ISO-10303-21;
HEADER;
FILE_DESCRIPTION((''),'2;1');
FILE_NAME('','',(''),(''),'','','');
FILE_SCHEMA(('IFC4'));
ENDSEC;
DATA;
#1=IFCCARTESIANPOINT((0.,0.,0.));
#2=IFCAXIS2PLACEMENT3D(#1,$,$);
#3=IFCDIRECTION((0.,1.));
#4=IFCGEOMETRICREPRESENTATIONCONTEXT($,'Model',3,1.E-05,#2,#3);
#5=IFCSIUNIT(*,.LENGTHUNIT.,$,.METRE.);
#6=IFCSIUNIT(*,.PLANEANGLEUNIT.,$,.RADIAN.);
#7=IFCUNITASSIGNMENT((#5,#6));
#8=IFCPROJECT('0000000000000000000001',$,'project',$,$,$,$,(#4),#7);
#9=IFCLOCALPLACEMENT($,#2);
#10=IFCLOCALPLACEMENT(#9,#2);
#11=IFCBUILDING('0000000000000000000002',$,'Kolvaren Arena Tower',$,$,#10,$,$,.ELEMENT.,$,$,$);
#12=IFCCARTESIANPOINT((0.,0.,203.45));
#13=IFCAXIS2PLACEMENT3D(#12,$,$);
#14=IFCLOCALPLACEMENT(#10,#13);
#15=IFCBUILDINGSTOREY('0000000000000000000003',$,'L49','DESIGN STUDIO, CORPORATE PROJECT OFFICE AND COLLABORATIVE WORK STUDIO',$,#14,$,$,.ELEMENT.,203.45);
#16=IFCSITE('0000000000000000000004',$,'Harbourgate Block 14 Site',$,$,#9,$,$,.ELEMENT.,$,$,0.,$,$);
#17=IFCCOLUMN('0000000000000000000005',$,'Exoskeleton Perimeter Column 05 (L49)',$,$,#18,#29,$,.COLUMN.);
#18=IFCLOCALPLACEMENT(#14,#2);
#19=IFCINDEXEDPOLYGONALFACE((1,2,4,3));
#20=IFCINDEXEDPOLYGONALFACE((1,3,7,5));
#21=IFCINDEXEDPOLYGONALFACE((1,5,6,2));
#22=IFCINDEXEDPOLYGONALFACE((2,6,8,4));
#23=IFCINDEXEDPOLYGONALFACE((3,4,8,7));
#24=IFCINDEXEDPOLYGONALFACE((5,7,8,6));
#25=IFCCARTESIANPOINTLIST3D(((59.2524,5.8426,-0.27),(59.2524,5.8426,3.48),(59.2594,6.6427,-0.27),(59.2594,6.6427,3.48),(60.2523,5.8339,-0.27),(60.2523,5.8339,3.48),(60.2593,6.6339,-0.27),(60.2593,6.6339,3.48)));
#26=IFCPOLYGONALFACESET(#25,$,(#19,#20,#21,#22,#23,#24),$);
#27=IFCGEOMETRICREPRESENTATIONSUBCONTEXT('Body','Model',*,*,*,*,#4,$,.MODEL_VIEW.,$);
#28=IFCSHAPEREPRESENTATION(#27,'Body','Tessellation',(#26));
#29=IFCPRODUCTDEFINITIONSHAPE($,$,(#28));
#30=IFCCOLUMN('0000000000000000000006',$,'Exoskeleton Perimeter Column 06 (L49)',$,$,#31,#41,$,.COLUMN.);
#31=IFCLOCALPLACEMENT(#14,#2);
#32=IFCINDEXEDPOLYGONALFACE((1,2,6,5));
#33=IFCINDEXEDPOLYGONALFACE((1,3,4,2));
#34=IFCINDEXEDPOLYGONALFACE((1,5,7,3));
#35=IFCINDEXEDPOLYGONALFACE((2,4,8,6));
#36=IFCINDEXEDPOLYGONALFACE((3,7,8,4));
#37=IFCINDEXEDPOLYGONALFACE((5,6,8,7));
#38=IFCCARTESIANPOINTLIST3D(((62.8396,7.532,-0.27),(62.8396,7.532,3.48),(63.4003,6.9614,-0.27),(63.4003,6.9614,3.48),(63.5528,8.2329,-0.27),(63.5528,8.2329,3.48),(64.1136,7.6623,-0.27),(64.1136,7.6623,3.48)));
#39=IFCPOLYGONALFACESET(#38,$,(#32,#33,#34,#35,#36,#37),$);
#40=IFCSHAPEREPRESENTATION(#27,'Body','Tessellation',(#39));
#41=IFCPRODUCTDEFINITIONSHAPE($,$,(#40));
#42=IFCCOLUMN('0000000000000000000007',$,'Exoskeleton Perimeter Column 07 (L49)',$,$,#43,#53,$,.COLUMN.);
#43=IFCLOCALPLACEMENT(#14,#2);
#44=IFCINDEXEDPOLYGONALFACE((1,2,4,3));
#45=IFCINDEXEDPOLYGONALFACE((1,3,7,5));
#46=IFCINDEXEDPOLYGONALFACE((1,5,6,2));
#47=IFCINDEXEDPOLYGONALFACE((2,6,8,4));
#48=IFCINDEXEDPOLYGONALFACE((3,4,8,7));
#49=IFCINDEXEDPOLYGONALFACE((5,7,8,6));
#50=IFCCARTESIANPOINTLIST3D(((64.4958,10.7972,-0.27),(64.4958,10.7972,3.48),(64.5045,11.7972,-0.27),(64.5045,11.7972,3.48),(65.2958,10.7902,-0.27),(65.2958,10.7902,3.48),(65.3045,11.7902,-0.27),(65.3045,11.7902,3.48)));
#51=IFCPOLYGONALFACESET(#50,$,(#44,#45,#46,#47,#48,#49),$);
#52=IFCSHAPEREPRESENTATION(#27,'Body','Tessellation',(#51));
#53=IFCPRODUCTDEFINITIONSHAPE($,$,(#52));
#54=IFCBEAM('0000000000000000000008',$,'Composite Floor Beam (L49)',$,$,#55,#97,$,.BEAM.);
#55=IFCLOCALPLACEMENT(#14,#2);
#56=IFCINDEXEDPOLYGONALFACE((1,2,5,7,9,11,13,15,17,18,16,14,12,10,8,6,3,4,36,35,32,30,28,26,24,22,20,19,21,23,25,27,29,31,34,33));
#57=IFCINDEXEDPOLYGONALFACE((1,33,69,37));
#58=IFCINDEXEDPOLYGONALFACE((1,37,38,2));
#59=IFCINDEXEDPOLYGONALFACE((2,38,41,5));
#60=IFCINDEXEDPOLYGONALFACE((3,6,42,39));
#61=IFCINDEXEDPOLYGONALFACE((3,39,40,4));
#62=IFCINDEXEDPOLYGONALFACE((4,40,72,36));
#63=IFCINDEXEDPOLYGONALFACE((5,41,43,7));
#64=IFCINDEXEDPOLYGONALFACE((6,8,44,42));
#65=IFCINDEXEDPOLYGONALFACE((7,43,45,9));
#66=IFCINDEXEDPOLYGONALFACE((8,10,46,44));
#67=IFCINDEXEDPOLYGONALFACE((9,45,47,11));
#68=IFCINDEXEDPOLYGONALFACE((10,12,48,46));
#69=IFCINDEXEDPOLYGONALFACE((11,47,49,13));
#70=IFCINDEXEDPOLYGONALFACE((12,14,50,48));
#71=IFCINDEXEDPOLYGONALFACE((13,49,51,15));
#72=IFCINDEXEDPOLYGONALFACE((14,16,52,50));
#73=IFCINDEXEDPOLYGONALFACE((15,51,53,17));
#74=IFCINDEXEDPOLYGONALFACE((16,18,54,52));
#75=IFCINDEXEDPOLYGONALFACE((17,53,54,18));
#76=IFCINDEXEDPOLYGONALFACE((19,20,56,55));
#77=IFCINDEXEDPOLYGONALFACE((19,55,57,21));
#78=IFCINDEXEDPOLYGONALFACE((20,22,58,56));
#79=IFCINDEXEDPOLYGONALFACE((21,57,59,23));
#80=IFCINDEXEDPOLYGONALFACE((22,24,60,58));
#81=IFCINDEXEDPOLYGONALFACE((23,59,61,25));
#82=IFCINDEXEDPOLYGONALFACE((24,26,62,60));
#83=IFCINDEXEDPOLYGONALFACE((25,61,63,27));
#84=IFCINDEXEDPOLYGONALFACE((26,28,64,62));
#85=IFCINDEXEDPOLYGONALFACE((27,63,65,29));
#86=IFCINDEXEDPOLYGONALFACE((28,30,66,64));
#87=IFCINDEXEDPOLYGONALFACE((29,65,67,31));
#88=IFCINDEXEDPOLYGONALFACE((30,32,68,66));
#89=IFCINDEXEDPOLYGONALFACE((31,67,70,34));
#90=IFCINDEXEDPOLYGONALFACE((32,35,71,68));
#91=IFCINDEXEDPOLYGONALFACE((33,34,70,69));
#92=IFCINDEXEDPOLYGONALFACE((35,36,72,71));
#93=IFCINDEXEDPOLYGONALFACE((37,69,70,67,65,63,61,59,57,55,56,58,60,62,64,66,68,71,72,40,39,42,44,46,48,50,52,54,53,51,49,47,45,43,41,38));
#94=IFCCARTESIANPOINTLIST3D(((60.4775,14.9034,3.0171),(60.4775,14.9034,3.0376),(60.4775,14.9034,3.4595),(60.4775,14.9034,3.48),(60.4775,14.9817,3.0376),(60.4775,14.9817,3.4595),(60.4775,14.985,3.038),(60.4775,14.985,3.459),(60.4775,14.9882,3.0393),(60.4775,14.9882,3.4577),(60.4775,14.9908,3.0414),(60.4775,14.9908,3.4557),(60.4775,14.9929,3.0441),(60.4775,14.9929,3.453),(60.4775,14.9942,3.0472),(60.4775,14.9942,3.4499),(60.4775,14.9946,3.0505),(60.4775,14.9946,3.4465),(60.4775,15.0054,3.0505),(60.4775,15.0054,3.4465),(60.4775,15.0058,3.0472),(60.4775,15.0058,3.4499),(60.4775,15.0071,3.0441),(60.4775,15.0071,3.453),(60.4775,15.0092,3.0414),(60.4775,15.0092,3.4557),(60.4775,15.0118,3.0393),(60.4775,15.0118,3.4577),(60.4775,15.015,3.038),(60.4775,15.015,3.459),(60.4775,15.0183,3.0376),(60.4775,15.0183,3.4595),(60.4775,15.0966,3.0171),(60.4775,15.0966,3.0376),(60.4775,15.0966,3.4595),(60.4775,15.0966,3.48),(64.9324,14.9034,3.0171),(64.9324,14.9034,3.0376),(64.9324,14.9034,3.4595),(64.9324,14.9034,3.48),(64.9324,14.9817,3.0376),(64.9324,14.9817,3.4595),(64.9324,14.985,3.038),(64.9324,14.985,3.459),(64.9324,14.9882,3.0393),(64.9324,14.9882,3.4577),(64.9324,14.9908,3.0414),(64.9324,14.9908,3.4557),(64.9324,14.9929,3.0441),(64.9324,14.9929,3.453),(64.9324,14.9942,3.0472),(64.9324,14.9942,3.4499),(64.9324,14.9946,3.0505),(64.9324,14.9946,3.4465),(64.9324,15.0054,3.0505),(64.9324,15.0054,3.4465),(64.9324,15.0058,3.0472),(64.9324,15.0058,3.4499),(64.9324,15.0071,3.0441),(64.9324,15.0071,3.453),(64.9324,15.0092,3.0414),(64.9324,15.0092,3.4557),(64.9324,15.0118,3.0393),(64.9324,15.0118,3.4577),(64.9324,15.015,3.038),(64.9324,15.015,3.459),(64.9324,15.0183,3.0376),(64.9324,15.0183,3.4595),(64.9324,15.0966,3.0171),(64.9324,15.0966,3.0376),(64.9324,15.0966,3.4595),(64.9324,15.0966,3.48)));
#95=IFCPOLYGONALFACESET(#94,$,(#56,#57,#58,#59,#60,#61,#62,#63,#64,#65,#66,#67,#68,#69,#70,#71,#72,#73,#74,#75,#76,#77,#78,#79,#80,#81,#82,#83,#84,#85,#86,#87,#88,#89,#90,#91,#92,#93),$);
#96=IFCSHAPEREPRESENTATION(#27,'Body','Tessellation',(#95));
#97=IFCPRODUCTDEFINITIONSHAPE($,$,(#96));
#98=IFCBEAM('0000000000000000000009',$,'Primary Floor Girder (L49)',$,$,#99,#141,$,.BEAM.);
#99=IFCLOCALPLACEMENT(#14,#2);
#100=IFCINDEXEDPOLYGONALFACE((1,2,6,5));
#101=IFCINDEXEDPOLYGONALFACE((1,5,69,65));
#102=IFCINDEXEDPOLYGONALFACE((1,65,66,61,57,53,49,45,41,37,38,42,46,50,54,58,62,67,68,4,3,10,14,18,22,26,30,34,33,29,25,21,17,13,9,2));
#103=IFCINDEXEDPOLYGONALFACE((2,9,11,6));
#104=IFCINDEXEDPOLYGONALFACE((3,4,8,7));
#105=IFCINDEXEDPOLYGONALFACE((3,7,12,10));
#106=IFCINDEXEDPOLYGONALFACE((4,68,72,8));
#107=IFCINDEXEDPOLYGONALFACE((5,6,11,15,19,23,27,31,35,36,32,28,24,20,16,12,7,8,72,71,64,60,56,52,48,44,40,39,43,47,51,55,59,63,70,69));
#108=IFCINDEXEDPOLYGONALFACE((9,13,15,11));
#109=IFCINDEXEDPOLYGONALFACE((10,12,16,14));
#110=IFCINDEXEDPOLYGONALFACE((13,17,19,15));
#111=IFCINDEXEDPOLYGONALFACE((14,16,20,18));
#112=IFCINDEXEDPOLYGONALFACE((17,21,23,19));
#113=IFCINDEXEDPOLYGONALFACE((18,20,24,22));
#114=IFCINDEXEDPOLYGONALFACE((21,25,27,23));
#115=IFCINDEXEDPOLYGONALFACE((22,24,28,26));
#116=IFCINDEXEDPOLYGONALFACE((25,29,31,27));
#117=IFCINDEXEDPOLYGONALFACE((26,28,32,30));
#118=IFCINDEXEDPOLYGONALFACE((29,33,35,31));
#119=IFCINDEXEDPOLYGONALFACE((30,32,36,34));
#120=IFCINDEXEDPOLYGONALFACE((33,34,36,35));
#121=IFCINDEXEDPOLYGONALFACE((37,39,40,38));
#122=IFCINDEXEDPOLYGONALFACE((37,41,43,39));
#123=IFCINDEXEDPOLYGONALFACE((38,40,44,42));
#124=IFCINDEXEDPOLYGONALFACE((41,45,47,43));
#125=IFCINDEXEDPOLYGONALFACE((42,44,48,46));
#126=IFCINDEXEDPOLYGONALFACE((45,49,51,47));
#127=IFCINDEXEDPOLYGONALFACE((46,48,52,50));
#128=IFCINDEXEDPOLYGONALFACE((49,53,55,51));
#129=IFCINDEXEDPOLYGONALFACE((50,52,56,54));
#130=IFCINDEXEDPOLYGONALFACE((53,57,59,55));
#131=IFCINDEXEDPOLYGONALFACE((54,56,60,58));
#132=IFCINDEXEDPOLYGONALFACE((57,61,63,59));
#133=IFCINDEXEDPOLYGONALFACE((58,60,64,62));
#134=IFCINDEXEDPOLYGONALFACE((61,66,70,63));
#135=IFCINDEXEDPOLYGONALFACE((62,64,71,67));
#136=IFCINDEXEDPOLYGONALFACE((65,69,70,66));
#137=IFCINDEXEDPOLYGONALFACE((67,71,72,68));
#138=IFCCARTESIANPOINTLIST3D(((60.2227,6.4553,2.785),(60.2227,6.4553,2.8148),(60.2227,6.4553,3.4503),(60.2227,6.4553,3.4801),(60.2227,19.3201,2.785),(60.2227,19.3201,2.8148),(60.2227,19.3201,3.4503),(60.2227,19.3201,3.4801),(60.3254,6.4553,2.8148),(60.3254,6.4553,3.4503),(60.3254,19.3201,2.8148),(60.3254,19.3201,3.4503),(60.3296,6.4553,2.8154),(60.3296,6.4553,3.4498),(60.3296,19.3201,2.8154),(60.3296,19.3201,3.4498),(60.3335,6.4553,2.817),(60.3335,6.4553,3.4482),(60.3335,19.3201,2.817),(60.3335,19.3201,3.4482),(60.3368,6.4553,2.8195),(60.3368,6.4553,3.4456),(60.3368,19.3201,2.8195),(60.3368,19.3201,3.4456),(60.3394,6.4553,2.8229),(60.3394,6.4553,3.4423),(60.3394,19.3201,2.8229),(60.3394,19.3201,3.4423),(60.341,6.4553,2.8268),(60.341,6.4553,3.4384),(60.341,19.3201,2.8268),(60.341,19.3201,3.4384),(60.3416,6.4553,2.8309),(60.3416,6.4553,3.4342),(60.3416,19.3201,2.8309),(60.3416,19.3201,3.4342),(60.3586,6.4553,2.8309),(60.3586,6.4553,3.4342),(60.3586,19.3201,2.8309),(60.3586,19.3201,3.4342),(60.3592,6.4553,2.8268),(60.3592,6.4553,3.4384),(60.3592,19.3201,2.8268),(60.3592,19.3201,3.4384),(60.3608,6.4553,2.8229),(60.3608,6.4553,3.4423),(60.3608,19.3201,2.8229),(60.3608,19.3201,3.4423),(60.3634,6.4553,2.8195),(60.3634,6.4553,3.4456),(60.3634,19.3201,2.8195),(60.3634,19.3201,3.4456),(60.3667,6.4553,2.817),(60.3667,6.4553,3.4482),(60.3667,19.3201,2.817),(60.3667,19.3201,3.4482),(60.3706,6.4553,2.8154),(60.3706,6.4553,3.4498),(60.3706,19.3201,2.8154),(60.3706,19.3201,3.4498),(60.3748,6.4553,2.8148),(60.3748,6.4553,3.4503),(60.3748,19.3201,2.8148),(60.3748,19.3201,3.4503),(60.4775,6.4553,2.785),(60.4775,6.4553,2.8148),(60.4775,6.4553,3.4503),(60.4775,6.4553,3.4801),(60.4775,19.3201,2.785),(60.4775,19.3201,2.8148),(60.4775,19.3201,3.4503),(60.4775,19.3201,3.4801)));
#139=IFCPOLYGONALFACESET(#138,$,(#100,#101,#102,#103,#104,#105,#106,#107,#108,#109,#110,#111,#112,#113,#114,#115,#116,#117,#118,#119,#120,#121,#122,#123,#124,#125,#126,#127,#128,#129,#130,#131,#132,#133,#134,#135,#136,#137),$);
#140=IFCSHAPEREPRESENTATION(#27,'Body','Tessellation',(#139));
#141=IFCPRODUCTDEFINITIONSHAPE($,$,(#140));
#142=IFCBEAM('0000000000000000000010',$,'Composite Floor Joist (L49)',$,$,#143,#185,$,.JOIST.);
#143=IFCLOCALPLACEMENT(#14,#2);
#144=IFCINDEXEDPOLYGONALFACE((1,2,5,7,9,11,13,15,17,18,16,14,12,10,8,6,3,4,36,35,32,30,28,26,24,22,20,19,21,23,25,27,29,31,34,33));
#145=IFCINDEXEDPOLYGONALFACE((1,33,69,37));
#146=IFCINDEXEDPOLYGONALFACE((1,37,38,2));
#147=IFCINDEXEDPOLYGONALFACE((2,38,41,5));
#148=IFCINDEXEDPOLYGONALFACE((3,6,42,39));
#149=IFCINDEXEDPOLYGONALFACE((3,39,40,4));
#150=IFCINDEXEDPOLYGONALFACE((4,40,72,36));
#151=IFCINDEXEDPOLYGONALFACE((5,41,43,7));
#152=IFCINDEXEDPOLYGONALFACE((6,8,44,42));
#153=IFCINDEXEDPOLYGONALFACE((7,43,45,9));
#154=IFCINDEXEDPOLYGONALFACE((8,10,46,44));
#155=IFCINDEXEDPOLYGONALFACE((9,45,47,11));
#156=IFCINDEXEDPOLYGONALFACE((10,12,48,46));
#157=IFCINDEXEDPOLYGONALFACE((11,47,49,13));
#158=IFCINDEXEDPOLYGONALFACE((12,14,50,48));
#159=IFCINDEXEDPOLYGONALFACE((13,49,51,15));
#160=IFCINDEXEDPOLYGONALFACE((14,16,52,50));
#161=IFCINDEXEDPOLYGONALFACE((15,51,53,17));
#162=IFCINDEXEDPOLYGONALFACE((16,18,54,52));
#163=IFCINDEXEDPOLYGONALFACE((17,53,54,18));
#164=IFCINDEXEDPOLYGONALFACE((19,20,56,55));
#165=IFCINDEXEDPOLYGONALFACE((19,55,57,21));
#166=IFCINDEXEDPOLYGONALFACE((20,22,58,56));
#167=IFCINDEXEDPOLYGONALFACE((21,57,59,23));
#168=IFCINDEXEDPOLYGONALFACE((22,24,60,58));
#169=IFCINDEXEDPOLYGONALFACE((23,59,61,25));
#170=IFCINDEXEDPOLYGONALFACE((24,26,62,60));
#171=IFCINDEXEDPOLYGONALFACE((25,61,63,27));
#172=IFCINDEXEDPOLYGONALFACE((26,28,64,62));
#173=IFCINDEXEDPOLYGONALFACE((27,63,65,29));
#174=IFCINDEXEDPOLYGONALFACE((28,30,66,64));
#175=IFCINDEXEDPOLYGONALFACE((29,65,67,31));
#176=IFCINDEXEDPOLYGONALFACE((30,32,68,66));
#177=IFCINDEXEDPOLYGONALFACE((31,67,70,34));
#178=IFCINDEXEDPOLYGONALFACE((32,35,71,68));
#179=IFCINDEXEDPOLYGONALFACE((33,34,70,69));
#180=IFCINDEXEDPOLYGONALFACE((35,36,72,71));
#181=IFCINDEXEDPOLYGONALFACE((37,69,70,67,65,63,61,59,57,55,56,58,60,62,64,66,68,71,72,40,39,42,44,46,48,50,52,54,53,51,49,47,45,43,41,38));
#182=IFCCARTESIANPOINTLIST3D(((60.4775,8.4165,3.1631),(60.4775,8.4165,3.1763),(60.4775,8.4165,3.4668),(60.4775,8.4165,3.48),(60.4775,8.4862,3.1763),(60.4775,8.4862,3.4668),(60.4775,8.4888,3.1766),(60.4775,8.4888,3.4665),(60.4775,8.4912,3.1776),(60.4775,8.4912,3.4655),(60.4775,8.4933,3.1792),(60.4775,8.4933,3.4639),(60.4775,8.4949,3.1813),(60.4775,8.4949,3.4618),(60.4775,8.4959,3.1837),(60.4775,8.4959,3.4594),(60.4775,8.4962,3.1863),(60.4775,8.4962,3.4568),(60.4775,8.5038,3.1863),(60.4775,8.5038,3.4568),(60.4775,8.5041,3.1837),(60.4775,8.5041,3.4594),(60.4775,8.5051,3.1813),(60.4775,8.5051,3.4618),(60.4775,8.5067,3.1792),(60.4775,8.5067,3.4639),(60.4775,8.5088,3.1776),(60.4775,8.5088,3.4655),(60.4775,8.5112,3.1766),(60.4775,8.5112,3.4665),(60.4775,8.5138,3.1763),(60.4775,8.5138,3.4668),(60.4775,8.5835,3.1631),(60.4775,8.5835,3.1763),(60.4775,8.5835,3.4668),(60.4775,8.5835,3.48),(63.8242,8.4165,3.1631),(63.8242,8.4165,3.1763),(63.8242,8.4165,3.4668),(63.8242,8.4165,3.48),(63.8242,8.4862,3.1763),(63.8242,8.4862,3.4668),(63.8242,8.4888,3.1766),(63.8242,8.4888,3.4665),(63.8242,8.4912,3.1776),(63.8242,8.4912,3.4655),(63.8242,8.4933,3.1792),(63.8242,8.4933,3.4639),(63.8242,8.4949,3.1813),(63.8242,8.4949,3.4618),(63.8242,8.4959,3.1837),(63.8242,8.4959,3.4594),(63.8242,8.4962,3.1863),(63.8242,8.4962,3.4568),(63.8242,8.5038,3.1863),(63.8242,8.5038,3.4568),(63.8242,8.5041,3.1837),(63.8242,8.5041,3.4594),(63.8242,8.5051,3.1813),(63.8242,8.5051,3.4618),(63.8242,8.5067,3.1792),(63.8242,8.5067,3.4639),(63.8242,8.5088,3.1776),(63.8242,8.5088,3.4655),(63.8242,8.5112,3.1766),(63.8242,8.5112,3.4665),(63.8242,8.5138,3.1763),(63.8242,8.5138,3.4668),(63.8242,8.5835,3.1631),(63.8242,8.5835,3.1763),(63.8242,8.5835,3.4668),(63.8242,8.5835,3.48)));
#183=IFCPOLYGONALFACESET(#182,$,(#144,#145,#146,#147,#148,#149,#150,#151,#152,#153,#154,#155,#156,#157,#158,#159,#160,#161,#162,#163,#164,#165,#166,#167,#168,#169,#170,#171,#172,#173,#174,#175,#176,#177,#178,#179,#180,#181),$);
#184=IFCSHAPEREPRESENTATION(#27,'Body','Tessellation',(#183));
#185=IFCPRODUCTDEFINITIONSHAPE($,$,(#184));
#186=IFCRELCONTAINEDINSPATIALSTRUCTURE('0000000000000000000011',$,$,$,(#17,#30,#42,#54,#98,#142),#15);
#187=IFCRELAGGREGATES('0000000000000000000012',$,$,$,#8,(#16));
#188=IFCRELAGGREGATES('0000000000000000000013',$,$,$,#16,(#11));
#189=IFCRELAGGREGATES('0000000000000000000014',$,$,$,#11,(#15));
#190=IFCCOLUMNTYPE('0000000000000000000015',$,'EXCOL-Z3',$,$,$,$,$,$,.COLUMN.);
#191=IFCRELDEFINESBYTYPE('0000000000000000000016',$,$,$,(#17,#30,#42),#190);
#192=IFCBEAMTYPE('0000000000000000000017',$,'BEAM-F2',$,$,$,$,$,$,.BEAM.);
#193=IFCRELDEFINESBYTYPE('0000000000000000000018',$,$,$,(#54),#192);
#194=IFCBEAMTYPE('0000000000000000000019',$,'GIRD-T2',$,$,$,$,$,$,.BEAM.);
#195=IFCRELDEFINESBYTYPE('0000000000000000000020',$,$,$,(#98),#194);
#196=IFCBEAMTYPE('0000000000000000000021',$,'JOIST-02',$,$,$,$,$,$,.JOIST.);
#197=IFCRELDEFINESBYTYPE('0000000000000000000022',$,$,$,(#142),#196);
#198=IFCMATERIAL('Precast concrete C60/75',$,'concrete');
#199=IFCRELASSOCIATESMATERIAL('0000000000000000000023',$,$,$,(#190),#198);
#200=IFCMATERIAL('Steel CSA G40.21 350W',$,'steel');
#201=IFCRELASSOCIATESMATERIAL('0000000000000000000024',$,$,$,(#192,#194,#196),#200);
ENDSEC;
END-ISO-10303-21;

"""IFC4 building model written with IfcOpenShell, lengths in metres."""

from ifc_helpers import new_model, si_unit, direction, frame, origin, origin_2d, place, context, subcontext, project, spatial, rectangle, i_section, extrude, material, material_profile, profile_set, type_object, element, save


model = new_model("IFC4")

# Units and contexts
model_context = context("Model", 3, precision=1e-05, world=origin(), true_north=direction((0.0, 1.0)))
body_context = subcontext(model_context, "Body", "Model", "MODEL_VIEW")
ifc_project = project(units=[si_unit("LENGTHUNIT", "METRE"), si_unit("PLANEANGLEUNIT", "RADIAN")], contexts=[model_context])

# Site, building, storey
site_placement = place(None, origin())
site = spatial("IfcSite", under=ifc_project, at=site_placement, Name="Harbourgate Block 14 Site", CompositionType="ELEMENT", RefElevation=0.0)
building_placement = place(site_placement, origin())
building = spatial("IfcBuilding", under=site, at=building_placement, Name="Kolvaren Arena Tower", CompositionType="ELEMENT")
storey_placement = place(building_placement, frame((0.0, 0.0, 203.45)))
storey = spatial("IfcBuildingStorey", under=building, at=storey_placement, Name="L49", Description="DESIGN STUDIO, CORPORATE PROJECT OFFICE AND COLLABORATIVE WORK STUDIO", CompositionType="ELEMENT", Elevation=203.45)

# Columns
ifc_material_1 = material(Name="Precast concrete C60/75", Category="concrete")
ifc_material_profile_1 = material_profile(ifc_material_1, rectangle(XDim=1.0, YDim=0.8, at=origin_2d()), Name="RC-1000x800")
ifc_profile_set_1 = profile_set([ifc_material_profile_1], Name="Precast concrete C60/75")
column_type = type_object("IfcColumnType", Name="EXCOL-Z3", PredefinedType="COLUMN", material=ifc_profile_set_1)
for number, where, z_axis, x_axis, name in (
    (1, (59.7559, 6.2383, -0.27), (0.0, 0.0, 1.0), (0.999962, -0.008727, 0.0), "Exoskeleton Perimeter Column 05 (L49)"),
    (2, (63.4766, 7.5972, -0.27), (0.0, 0.0, 1.0), (0.71325, 0.700909, 0.0), "Exoskeleton Perimeter Column 06 (L49)"),
    (3, (64.9001, 11.2937, -0.27), (0.0, 0.0, 1.0), (0.008727, 0.999962, 0.0), "Exoskeleton Perimeter Column 07 (L49)"),
):
    element("IfcColumn", number, at=place(storey_placement, frame(where, z_axis=z_axis, x_axis=x_axis)), inside=storey, type_object=column_type, Name=name, PredefinedType="COLUMN", context=body_context, shape_type="SweptSolid", body=[
        extrude(rectangle(XDim=1.0, YDim=0.8, at=origin_2d()), origin(), (0.0, 0.0, 1.0), 3.75),
    ])

# Beams
ifc_material_2 = material(Name="Steel CSA G40.21 350W", Category="steel")
ifc_material_profile_2 = material_profile(ifc_material_2, i_section(OverallWidth=0.1931, OverallDepth=0.4629, WebThickness=0.0107, FlangeThickness=0.0205, FilletRadius=0.0129, at=origin_2d()), Name="W460x113")
ifc_profile_set_2 = profile_set([ifc_material_profile_2], Name="Steel CSA G40.21 350W")
beam_type_1 = type_object("IfcBeamType", Name="BEAM-F2", PredefinedType="BEAM", material=ifc_profile_set_2)
beam_1_placement = place(storey_placement, frame((60.4775, 15.0, 3.2485), z_axis=(1.0, 0.0, 0.0), x_axis=(0.0, 1.0, 0.0)))
element("IfcBeam", 4, at=beam_1_placement, inside=storey, type_object=beam_type_1, Name="Composite Floor Beam (L49)", PredefinedType="BEAM", context=body_context, shape_type="SweptSolid", body=[
    extrude(i_section(OverallWidth=0.1931, OverallDepth=0.4629, WebThickness=0.0107, FlangeThickness=0.0205, FilletRadius=0.0129, at=origin_2d()), origin(), (0.0, 0.0, 1.0), 4.4548),
])
ifc_material_profile_3 = material_profile(ifc_material_2, i_section(OverallWidth=0.2549, OverallDepth=0.6951, WebThickness=0.0171, FlangeThickness=0.0298, FilletRadius=0.0161, at=origin_2d()), Name="W690x217")
ifc_profile_set_3 = profile_set([ifc_material_profile_3], Name="Steel CSA G40.21 350W")
beam_type_2 = type_object("IfcBeamType", Name="GIRD-T2", PredefinedType="BEAM", material=ifc_profile_set_3)
beam_2_placement = place(storey_placement, frame((60.3501, 6.4553, 3.1326), z_axis=(0.0, 1.0, 0.0), x_axis=(-1.0, 0.0, 0.0)))
element("IfcBeam", 5, at=beam_2_placement, inside=storey, type_object=beam_type_2, Name="Primary Floor Girder (L49)", PredefinedType="BEAM", context=body_context, shape_type="SweptSolid", body=[
    extrude(i_section(OverallWidth=0.2549, OverallDepth=0.6951, WebThickness=0.0171, FlangeThickness=0.0298, FilletRadius=0.0161, at=origin_2d()), origin(), (0.0, 0.0, 1.0), 12.8647),
])
ifc_material_profile_4 = material_profile(ifc_material_2, i_section(OverallWidth=0.167, OverallDepth=0.3169, WebThickness=0.0076, FlangeThickness=0.0132, FilletRadius=0.01, at=origin_2d()), Name="W310x52")
ifc_profile_set_4 = profile_set([ifc_material_profile_4], Name="Steel CSA G40.21 350W")
beam_type_3 = type_object("IfcBeamType", Name="JOIST-02", PredefinedType="JOIST", material=ifc_profile_set_4)
beam_3_placement = place(storey_placement, frame((60.4775, 8.5, 3.3215), z_axis=(1.0, 0.0, 0.0), x_axis=(0.0, 1.0, 0.0)))
element("IfcBeam", 6, at=beam_3_placement, inside=storey, type_object=beam_type_3, Name="Composite Floor Joist (L49)", PredefinedType="JOIST", context=body_context, shape_type="SweptSolid", body=[
    extrude(i_section(OverallWidth=0.167, OverallDepth=0.3169, WebThickness=0.0076, FlangeThickness=0.0132, FilletRadius=0.01, at=origin_2d()), origin(), (0.0, 0.0, 1.0), 3.3467),
])

save(model, "model.ifc")
